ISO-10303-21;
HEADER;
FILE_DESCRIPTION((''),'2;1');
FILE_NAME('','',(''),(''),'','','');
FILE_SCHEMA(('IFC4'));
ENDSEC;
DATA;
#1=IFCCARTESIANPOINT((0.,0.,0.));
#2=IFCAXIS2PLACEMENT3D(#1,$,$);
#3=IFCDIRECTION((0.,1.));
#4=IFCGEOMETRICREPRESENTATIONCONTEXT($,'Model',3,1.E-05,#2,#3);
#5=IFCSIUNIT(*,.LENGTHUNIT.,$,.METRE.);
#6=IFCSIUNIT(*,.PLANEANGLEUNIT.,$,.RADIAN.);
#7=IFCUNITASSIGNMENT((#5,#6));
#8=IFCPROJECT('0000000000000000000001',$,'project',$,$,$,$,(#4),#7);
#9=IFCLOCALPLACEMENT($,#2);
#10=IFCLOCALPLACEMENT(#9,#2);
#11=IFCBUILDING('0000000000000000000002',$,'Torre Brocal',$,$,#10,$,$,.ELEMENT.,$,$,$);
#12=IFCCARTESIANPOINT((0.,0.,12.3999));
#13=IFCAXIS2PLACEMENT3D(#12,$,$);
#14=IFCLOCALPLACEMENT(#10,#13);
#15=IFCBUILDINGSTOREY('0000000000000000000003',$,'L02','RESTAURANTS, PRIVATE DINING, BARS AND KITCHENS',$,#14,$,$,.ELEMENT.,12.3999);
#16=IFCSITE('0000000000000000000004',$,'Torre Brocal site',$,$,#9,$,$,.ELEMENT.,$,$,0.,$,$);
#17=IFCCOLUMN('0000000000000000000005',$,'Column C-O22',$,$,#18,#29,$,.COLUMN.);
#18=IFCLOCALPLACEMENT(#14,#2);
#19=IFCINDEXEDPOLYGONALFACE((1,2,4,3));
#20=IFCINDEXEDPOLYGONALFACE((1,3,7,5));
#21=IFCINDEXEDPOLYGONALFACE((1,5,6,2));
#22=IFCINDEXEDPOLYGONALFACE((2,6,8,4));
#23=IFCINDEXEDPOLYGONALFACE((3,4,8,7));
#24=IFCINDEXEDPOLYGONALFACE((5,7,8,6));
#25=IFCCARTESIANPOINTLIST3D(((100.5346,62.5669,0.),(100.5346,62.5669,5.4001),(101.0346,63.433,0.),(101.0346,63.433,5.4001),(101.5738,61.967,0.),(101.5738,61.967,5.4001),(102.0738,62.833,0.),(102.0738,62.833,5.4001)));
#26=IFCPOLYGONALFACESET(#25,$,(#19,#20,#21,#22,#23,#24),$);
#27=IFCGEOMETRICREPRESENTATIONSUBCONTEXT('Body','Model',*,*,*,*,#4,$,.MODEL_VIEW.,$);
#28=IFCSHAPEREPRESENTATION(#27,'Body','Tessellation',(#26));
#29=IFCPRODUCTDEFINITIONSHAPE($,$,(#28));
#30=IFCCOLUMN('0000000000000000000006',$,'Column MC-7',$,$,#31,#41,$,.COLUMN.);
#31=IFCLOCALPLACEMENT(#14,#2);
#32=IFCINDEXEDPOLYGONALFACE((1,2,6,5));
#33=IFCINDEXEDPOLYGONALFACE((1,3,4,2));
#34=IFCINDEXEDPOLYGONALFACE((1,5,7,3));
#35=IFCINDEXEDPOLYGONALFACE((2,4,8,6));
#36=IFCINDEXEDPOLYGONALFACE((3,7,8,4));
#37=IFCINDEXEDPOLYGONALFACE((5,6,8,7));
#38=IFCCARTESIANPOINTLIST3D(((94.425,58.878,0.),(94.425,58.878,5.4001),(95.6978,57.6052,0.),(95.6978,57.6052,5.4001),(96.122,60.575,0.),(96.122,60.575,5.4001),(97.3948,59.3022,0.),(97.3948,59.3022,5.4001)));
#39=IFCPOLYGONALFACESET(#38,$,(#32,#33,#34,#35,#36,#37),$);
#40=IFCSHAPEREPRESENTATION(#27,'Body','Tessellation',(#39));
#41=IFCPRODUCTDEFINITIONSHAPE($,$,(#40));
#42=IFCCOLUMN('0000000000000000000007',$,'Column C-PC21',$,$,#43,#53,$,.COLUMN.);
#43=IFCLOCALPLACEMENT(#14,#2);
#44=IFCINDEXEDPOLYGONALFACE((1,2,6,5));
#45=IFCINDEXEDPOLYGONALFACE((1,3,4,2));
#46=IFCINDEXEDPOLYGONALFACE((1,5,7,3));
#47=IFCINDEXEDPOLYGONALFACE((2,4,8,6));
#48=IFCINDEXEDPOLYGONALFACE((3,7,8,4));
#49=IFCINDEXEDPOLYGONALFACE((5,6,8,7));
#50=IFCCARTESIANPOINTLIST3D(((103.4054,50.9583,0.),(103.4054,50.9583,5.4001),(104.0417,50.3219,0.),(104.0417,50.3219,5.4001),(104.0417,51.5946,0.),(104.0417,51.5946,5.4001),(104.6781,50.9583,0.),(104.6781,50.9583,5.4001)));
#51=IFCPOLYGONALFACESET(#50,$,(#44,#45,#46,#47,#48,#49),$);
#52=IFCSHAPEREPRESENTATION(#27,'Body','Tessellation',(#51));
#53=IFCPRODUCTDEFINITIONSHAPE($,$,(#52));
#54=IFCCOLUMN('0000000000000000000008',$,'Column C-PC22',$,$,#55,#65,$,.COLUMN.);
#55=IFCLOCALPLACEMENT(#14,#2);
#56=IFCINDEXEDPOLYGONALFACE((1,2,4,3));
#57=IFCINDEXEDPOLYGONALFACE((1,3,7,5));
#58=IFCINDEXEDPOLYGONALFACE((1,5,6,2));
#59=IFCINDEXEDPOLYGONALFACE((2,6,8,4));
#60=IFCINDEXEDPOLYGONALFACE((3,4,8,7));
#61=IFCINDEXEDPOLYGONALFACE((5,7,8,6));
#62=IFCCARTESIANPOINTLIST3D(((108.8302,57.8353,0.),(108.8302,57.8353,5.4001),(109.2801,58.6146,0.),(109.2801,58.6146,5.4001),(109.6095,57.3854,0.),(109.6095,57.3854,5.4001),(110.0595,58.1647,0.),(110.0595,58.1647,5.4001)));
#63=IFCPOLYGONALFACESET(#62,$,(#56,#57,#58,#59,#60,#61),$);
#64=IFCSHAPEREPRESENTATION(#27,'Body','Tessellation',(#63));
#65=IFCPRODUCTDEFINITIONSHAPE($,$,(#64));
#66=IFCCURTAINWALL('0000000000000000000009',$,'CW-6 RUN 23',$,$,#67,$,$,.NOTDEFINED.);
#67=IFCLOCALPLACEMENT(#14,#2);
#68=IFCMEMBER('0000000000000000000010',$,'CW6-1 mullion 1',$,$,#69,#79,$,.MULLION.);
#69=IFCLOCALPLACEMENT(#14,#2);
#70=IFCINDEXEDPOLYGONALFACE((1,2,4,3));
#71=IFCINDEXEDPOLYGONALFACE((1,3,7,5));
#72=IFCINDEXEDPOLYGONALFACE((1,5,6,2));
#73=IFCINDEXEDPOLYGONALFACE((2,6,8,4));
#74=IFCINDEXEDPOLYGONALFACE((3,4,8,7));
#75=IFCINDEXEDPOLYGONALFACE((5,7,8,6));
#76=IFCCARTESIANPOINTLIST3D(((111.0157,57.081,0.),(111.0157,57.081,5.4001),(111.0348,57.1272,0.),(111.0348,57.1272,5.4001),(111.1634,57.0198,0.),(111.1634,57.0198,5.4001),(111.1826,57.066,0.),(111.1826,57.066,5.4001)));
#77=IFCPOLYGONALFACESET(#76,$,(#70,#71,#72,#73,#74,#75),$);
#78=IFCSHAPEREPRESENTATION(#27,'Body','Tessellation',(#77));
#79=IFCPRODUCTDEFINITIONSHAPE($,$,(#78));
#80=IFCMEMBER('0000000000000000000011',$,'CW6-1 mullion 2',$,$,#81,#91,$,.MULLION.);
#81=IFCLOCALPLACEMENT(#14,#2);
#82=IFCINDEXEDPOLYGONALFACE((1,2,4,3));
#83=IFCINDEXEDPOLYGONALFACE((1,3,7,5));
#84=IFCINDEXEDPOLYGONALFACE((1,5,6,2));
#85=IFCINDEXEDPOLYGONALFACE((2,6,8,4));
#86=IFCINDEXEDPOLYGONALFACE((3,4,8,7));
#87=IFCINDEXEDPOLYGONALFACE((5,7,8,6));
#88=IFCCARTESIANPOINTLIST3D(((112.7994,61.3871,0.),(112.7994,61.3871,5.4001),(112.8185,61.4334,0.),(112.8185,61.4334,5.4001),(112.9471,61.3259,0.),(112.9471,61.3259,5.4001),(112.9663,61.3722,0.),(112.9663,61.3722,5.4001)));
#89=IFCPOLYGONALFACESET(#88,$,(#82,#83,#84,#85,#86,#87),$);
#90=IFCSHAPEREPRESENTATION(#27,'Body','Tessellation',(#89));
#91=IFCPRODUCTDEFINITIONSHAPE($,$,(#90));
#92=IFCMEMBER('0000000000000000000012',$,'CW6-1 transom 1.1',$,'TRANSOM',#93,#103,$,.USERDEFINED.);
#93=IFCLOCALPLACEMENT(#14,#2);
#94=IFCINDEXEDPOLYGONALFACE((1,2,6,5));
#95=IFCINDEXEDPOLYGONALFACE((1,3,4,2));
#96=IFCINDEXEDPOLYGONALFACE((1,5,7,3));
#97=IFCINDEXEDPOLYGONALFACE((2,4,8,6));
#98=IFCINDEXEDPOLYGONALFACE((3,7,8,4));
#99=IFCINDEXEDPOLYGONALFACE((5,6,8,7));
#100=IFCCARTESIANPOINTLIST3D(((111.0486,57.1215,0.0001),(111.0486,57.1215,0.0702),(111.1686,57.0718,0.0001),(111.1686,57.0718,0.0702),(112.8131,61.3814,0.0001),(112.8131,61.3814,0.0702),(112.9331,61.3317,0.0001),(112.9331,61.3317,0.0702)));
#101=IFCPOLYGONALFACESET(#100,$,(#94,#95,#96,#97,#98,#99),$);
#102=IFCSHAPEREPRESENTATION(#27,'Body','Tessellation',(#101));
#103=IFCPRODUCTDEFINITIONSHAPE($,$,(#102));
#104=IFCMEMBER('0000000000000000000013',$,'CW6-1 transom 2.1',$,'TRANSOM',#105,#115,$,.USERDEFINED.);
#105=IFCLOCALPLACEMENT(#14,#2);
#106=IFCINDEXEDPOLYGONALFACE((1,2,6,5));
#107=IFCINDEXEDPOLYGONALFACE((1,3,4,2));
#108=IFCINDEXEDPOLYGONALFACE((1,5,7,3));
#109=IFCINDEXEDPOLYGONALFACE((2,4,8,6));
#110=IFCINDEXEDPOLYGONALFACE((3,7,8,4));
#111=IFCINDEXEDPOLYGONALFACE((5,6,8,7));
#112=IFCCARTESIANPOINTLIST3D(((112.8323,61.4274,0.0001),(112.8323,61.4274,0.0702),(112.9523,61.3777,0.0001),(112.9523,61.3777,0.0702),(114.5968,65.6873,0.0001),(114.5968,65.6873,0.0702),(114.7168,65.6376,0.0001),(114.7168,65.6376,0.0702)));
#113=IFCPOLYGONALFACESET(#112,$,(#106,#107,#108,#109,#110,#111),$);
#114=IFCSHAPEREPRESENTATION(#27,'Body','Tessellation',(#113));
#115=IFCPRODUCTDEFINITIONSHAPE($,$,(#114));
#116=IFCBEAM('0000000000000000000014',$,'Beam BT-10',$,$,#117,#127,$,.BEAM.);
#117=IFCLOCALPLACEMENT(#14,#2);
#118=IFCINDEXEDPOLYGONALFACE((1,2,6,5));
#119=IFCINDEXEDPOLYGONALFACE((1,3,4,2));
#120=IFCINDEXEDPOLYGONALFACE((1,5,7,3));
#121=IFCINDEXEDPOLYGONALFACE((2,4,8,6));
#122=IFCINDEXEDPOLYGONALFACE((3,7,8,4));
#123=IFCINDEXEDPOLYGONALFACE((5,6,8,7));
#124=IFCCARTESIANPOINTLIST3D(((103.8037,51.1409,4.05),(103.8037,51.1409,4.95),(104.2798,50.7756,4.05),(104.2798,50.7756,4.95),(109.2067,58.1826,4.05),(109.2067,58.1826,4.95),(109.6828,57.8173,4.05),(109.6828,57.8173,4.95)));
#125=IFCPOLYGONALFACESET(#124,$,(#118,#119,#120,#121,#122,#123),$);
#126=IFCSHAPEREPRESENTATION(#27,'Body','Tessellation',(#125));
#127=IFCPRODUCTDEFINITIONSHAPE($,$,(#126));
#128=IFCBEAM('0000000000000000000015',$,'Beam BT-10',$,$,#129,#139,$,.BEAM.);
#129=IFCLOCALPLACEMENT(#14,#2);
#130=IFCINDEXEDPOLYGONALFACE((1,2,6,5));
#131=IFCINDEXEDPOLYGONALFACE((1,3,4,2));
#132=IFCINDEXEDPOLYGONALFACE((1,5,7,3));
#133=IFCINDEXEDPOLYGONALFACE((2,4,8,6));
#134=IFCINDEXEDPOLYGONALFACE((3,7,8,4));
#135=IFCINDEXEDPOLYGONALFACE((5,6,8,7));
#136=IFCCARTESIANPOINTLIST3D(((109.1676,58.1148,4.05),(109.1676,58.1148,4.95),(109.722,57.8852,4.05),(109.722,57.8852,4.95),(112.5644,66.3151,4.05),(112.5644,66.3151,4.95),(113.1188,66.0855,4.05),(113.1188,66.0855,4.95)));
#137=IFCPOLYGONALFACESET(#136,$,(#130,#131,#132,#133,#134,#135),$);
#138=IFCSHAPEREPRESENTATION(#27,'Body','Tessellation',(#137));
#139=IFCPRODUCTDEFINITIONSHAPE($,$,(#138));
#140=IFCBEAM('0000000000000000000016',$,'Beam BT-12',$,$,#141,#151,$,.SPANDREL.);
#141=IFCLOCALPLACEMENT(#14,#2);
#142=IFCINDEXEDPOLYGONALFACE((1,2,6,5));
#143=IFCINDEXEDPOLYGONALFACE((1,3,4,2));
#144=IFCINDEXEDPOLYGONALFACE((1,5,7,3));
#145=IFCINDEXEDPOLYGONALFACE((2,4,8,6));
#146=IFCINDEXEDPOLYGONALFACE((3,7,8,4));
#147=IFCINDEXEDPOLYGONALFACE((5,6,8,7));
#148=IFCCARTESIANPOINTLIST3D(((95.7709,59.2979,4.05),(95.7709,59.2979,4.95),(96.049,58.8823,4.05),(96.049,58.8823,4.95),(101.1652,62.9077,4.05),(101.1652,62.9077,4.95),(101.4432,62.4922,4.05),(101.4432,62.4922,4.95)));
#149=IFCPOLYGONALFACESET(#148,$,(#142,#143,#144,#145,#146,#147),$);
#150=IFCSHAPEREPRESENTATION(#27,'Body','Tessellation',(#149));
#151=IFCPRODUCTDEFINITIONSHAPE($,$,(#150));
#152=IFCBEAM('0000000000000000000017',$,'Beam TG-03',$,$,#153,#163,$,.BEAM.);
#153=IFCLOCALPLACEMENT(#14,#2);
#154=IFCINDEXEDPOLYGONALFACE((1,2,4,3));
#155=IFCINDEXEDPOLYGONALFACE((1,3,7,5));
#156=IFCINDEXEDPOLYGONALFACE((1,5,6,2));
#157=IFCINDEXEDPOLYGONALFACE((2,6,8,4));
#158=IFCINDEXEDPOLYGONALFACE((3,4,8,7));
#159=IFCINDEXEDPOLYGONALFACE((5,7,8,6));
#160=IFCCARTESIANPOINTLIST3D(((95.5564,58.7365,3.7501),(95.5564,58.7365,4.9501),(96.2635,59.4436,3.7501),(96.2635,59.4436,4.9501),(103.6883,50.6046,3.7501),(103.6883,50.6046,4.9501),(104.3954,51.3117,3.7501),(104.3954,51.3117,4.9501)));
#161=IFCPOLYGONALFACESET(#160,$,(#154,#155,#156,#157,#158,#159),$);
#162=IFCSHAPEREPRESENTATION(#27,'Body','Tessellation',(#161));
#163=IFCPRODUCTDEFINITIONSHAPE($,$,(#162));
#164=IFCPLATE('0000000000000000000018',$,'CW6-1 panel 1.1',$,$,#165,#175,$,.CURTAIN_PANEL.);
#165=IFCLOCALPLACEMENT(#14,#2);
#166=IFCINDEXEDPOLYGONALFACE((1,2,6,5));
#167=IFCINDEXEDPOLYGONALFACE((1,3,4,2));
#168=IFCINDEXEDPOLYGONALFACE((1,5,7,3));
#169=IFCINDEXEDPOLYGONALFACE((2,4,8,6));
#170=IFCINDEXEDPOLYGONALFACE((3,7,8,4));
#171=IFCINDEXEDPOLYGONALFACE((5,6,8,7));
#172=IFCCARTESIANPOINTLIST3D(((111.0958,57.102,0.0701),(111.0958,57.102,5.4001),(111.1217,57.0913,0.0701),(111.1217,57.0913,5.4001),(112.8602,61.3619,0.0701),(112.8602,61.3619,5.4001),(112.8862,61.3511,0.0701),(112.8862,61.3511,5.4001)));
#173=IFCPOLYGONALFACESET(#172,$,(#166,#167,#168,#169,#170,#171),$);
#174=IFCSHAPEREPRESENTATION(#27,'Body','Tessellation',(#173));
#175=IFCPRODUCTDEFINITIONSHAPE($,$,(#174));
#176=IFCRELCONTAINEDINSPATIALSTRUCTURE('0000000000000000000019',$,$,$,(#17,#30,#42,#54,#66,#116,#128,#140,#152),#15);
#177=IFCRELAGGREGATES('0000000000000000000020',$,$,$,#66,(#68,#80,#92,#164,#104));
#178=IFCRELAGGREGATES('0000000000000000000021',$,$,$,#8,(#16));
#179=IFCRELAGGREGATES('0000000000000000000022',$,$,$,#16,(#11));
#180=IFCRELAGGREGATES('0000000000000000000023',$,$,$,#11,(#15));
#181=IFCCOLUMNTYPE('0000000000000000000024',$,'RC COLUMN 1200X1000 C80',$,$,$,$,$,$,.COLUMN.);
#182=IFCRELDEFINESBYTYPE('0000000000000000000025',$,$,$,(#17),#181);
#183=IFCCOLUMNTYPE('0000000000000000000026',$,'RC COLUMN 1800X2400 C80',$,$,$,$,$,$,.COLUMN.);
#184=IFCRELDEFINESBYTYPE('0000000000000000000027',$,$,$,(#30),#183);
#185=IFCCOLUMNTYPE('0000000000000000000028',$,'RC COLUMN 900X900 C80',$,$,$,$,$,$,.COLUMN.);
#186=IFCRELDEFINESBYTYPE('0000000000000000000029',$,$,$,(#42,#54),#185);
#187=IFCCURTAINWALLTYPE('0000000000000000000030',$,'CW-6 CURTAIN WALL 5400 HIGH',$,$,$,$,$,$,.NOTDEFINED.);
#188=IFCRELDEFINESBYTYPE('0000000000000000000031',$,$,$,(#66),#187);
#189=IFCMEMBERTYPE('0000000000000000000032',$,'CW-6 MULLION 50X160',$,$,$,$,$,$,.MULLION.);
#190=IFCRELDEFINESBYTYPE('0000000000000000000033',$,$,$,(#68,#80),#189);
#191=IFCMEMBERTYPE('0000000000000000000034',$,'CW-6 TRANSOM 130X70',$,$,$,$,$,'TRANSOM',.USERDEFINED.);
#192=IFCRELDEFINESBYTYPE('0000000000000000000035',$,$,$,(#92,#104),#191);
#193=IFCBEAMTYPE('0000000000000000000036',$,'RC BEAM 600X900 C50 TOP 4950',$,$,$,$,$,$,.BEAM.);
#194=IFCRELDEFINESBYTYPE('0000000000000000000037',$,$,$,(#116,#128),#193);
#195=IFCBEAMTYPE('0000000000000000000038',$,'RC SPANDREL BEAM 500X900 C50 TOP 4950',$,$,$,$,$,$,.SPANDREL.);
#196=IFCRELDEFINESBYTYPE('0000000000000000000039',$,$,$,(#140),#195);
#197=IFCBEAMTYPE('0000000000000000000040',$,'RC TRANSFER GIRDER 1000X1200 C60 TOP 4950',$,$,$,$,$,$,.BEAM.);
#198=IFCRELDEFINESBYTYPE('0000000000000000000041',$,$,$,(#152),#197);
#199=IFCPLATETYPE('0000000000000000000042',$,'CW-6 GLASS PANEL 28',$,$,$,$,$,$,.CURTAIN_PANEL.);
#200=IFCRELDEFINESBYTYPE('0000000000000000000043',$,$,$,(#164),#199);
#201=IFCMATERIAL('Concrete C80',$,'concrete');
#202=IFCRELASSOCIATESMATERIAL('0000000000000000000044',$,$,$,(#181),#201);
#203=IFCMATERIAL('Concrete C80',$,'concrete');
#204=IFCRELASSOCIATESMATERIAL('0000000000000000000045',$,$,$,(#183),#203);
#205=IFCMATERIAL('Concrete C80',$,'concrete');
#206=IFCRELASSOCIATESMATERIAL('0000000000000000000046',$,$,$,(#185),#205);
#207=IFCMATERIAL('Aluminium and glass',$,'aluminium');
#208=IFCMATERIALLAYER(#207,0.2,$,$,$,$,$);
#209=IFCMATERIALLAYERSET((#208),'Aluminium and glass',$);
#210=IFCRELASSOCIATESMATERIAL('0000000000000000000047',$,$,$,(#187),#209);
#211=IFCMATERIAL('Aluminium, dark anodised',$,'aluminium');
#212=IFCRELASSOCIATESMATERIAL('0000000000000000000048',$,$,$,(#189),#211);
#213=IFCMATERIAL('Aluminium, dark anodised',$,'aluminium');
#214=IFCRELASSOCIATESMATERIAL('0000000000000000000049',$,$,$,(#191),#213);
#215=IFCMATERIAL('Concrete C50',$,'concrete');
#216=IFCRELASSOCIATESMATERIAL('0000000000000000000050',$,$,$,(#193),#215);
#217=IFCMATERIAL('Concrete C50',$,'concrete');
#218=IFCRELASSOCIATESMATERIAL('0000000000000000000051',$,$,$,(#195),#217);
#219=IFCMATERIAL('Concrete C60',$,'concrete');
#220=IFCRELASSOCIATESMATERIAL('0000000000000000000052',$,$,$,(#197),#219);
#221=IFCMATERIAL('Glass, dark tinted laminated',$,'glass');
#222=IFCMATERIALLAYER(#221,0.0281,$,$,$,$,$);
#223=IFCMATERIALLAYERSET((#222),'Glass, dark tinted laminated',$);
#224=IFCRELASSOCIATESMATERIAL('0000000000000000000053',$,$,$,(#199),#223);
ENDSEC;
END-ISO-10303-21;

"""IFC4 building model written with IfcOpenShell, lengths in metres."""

from ifc_helpers import new_model, si_unit, direction, frame, origin, origin_2d, place, context, subcontext, project, spatial, rectangle, extrude, material, layer, layer_set, material_profile, profile_set, type_object, element, aggregate, save


model = new_model("IFC4")

# Units and contexts
model_context = context("Model", 3, precision=1e-05, world=origin(), true_north=direction((0.0, 1.0)))
body_context = subcontext(model_context, "Body", "Model", "MODEL_VIEW")
ifc_project = project(units=[si_unit("LENGTHUNIT", "METRE"), si_unit("PLANEANGLEUNIT", "RADIAN")], contexts=[model_context])

# Site, building, storey
site_placement = place(None, origin())
site = spatial("IfcSite", under=ifc_project, at=site_placement, Name="Torre Brocal site", CompositionType="ELEMENT", RefElevation=0.0)
building_placement = place(site_placement, origin())
building = spatial("IfcBuilding", under=site, at=building_placement, Name="Torre Brocal", CompositionType="ELEMENT")
storey_placement = place(building_placement, frame((0.0, 0.0, 12.3999)))
storey = spatial("IfcBuildingStorey", under=building, at=storey_placement, Name="L02", Description="RESTAURANTS, PRIVATE DINING, BARS AND KITCHENS", CompositionType="ELEMENT", Elevation=12.3999)

# Columns
ifc_material_1 = material(Name="Concrete C80", Category="concrete")
ifc_material_profile_1 = material_profile(ifc_material_1, rectangle(XDim=1.2, YDim=1.0, at=origin_2d()), Name="RC 1200X1000")
ifc_profile_set_1 = profile_set([ifc_material_profile_1], Name="Concrete C80")
column_type_1 = type_object("IfcColumnType", Name="RC COLUMN 1200X1000 C80", PredefinedType="COLUMN", material=ifc_profile_set_1)
column_1_placement = place(storey_placement, frame((101.3042, 62.7, 0.0), z_axis=(0.0, 0.0, 1.0), x_axis=(0.866025, -0.5, 0.0)))
element("IfcColumn", 1, at=column_1_placement, inside=storey, type_object=column_type_1, Name="Column C-O22", PredefinedType="COLUMN", context=body_context, shape_type="SweptSolid", body=[
    extrude(rectangle(XDim=1.2, YDim=1.0, at=origin_2d()), origin(), (0.0, 0.0, 1.0), 5.4001),
])
ifc_material_2 = material(Name="Concrete C80", Category="concrete")
ifc_material_profile_2 = material_profile(ifc_material_2, rectangle(XDim=1.8, YDim=2.3999, at=origin_2d()), Name="RC 1800X2400")
ifc_profile_set_2 = profile_set([ifc_material_profile_2], Name="Concrete C80")
column_type_2 = type_object("IfcColumnType", Name="RC COLUMN 1800X2400 C80", PredefinedType="COLUMN", material=ifc_profile_set_2)
column_2_placement = place(storey_placement, frame((95.9099, 59.0901, 0.0), z_axis=(0.0, 0.0, 1.0), x_axis=(0.707107, -0.707107, 0.0)))
element("IfcColumn", 2, at=column_2_placement, inside=storey, type_object=column_type_2, Name="Column MC-7", PredefinedType="COLUMN", context=body_context, shape_type="SweptSolid", body=[
    extrude(rectangle(XDim=1.8, YDim=2.3999, at=origin_2d()), origin(), (0.0, 0.0, 1.0), 5.4001),
])
ifc_material_3 = material(Name="Concrete C80", Category="concrete")
ifc_material_profile_3 = material_profile(ifc_material_3, rectangle(XDim=0.8999, YDim=0.8999, at=origin_2d()), Name="RC 900X900")
ifc_profile_set_3 = profile_set([ifc_material_profile_3], Name="Concrete C80")
column_type_3 = type_object("IfcColumnType", Name="RC COLUMN 900X900 C80", PredefinedType="COLUMN", material=ifc_profile_set_3)
for number, where, z_axis, x_axis, name in (
    (3, (104.0417, 50.9583, 0.0), (0.0, 0.0, 1.0), (0.707107, -0.707107, 0.0), "Column C-PC21"),
    (4, (109.4448, 58.0, 0.0), (0.0, 0.0, 1.0), (0.866025, -0.5, 0.0), "Column C-PC22"),
):
    element("IfcColumn", number, at=place(storey_placement, frame(where, z_axis=z_axis, x_axis=x_axis)), inside=storey, type_object=column_type_3, Name=name, PredefinedType="COLUMN", context=body_context, shape_type="SweptSolid", body=[
        extrude(rectangle(XDim=0.8999, YDim=0.8999, at=origin_2d()), origin(), (0.0, 0.0, 1.0), 5.4001),
    ])

# Curtain wall, members
ifc_material_4 = material(Name="Aluminium and glass", Category="aluminium")
ifc_layer_1 = layer(ifc_material_4, 0.2)
ifc_layer_set_1 = layer_set([ifc_layer_1], Name="Aluminium and glass")
curtain_wall_type = type_object("IfcCurtainWallType", Name="CW-6 CURTAIN WALL 5400 HIGH", PredefinedType="NOTDEFINED", material=ifc_layer_set_1)
curtain_wall_placement = place(storey_placement, origin())
curtain_wall = element("IfcCurtainWall", 5, at=curtain_wall_placement, inside=storey, type_object=curtain_wall_type, Name="CW-6 RUN 23", PredefinedType="NOTDEFINED")
ifc_material_5 = material(Name="Aluminium, dark anodised", Category="aluminium")
ifc_material_profile_4 = material_profile(ifc_material_5, rectangle(XDim=0.1599, YDim=0.05, at=origin_2d()), Name="CW-6 MULLION 50X160")
ifc_profile_set_4 = profile_set([ifc_material_profile_4], Name="Aluminium, dark anodised")
member_type_1 = type_object("IfcMemberType", Name="CW-6 MULLION 50X160", PredefinedType="MULLION", material=ifc_profile_set_4)
member_1_placement = place(storey_placement, frame((111.0991, 57.0735, 0.0), z_axis=(0.0, 0.0, 1.0), x_axis=(-0.92388, 0.382683, 0.0)))
member_1 = element("IfcMember", 6, at=member_1_placement, type_object=member_type_1, Name="CW6-1 mullion 1", PredefinedType="MULLION", context=body_context, shape_type="SweptSolid", body=[
    extrude(rectangle(XDim=0.1599, YDim=0.05, at=origin_2d()), origin(), (0.0, 0.0, 1.0), 5.4001),
])
member_2_placement = place(storey_placement, frame((112.8828, 61.3796, 0.0), z_axis=(0.0, 0.0, 1.0), x_axis=(-0.92388, 0.382683, 0.0)))
member_2 = element("IfcMember", 7, at=member_2_placement, type_object=member_type_1, Name="CW6-1 mullion 2", PredefinedType="MULLION", context=body_context, shape_type="SweptSolid", body=[
    extrude(rectangle(XDim=0.1599, YDim=0.05, at=origin_2d()), origin(), (0.0, 0.0, 1.0), 5.4001),
])
ifc_material_6 = material(Name="Aluminium, dark anodised", Category="aluminium")
ifc_material_profile_5 = material_profile(ifc_material_6, rectangle(XDim=0.1299, YDim=0.0701, at=origin_2d()), Name="CW-6 TRANSOM 130X70")
ifc_profile_set_5 = profile_set([ifc_material_profile_5], Name="Aluminium, dark anodised")
member_type_2 = type_object("IfcMemberType", Name="CW-6 TRANSOM 130X70", ElementType="TRANSOM", PredefinedType="USERDEFINED", material=ifc_profile_set_5)
member_3_placement = place(storey_placement, frame((111.1086, 57.0967, 0.0352), z_axis=(0.382674, 0.923883, 0.0), x_axis=(-0.923883, 0.382674, 0.0)))
member_3 = element("IfcMember", 8, at=member_3_placement, type_object=member_type_2, Name="CW6-1 transom 1.1", ObjectType="TRANSOM", PredefinedType="USERDEFINED", context=body_context, shape_type="SweptSolid", body=[
    extrude(rectangle(XDim=0.1299, YDim=0.0701, at=origin_2d()), origin(), (0.0, 0.0, 1.0), 4.6108),
])
member_4_placement = place(storey_placement, frame((112.8923, 61.4026, 0.0352), z_axis=(0.382674, 0.923883, 0.0), x_axis=(-0.923883, 0.382674, 0.0)))
member_4 = element("IfcMember", 9, at=member_4_placement, type_object=member_type_2, Name="CW6-1 transom 2.1", ObjectType="TRANSOM", PredefinedType="USERDEFINED", context=body_context, shape_type="SweptSolid", body=[
    extrude(rectangle(XDim=0.1299, YDim=0.0701, at=origin_2d()), origin(), (0.0, 0.0, 1.0), 4.6108),
])

# Beams
ifc_material_7 = material(Name="Concrete C50", Category="concrete")
ifc_material_profile_6 = material_profile(ifc_material_7, rectangle(XDim=0.6001, YDim=0.8999, at=origin_2d()), Name="RC 600X900")
ifc_profile_set_6 = profile_set([ifc_material_profile_6], Name="Concrete C50")
beam_type_1 = type_object("IfcBeamType", Name="RC BEAM 600X900 C50 TOP 4950", PredefinedType="BEAM", material=ifc_profile_set_6)
beam_1_placement = place(storey_placement, frame((104.0417, 50.9583, 4.5), z_axis=(0.608744, 0.793367, 0.0), x_axis=(-0.793367, 0.608744, 0.0)))
element("IfcBeam", 10, at=beam_1_placement, inside=storey, type_object=beam_type_1, Name="Beam BT-10", PredefinedType="BEAM", context=body_context, shape_type="SweptSolid", body=[
    extrude(rectangle(XDim=0.6001, YDim=0.8999, at=origin_2d()), origin(), (0.0, 0.0, 1.0), 8.8757),
])
beam_2_placement = place(storey_placement, frame((109.4448, 58.0, 4.5), z_axis=(0.382693, 0.923876, 0.0), x_axis=(-0.923876, 0.382693, 0.0)))
element("IfcBeam", 11, at=beam_2_placement, inside=storey, type_object=beam_type_1, Name="Beam BT-10", PredefinedType="BEAM", context=body_context, shape_type="SweptSolid", body=[
    extrude(rectangle(XDim=0.6001, YDim=0.8999, at=origin_2d()), origin(), (0.0, 0.0, 1.0), 8.876),
])
ifc_material_8 = material(Name="Concrete C50", Category="concrete")
ifc_material_profile_7 = material_profile(ifc_material_8, rectangle(XDim=0.5, YDim=0.8999, at=origin_2d()), Name="RC 500X900")
ifc_profile_set_7 = profile_set([ifc_material_profile_7], Name="Concrete C50")
beam_type_2 = type_object("IfcBeamType", Name="RC SPANDREL BEAM 500X900 C50 TOP 4950", PredefinedType="SPANDREL", material=ifc_profile_set_7)
beam_3_placement = place(storey_placement, frame((95.9099, 59.0901, 4.5), z_axis=(0.831077, 0.556158, 0.0), x_axis=(-0.556158, 0.831077, 0.0)))
element("IfcBeam", 12, at=beam_3_placement, inside=storey, type_object=beam_type_2, Name="Beam BT-12", PredefinedType="SPANDREL", context=body_context, shape_type="SweptSolid", body=[
    extrude(rectangle(XDim=0.5, YDim=0.8999, at=origin_2d()), origin(), (0.0, 0.0, 1.0), 6.4907),
])
ifc_material_9 = material(Name="Concrete C60", Category="concrete")
ifc_material_profile_8 = material_profile(ifc_material_9, rectangle(XDim=1.0, YDim=1.2, at=origin_2d()), Name="RC 1000X1200")
ifc_profile_set_8 = profile_set([ifc_material_profile_8], Name="Concrete C60")
beam_type_3 = type_object("IfcBeamType", Name="RC TRANSFER GIRDER 1000X1200 C60 TOP 4950", PredefinedType="BEAM", material=ifc_profile_set_8)
beam_4_placement = place(storey_placement, frame((95.9099, 59.0901, 4.3501), z_axis=(0.707107, -0.707107, 0.0), x_axis=(0.707107, 0.707107, 0.0)))
element("IfcBeam", 13, at=beam_4_placement, inside=storey, type_object=beam_type_3, Name="Beam TG-03", PredefinedType="BEAM", context=body_context, shape_type="SweptSolid", body=[
    extrude(rectangle(XDim=1.0, YDim=1.2, at=origin_2d()), origin(), (0.0, 0.0, 1.0), 11.5002),
])

# Plate
ifc_material_10 = material(Name="Glass, dark tinted laminated", Category="glass")
ifc_layer_2 = layer(ifc_material_10, 0.0281)
ifc_layer_set_2 = layer_set([ifc_layer_2], Name="Glass, dark tinted laminated")
plate_type = type_object("IfcPlateType", Name="CW-6 GLASS PANEL 28", PredefinedType="CURTAIN_PANEL", material=ifc_layer_set_2)
plate_placement = place(storey_placement, frame((111.991, 59.2266, 0.0701), z_axis=(0.0, 0.0, 1.0), x_axis=(0.382683, 0.92388, 0.0)))
plate = element("IfcPlate", 14, at=plate_placement, type_object=plate_type, Name="CW6-1 panel 1.1", PredefinedType="CURTAIN_PANEL", context=body_context, shape_type="SweptSolid", body=[
    extrude(rectangle(XDim=4.6108, YDim=0.0281, at=origin_2d()), origin(), (0.0, 0.0, 1.0), 5.3301),
])
aggregate(curtain_wall, [member_1, member_2, member_3, plate, member_4])

save(model, "model.ifc")
